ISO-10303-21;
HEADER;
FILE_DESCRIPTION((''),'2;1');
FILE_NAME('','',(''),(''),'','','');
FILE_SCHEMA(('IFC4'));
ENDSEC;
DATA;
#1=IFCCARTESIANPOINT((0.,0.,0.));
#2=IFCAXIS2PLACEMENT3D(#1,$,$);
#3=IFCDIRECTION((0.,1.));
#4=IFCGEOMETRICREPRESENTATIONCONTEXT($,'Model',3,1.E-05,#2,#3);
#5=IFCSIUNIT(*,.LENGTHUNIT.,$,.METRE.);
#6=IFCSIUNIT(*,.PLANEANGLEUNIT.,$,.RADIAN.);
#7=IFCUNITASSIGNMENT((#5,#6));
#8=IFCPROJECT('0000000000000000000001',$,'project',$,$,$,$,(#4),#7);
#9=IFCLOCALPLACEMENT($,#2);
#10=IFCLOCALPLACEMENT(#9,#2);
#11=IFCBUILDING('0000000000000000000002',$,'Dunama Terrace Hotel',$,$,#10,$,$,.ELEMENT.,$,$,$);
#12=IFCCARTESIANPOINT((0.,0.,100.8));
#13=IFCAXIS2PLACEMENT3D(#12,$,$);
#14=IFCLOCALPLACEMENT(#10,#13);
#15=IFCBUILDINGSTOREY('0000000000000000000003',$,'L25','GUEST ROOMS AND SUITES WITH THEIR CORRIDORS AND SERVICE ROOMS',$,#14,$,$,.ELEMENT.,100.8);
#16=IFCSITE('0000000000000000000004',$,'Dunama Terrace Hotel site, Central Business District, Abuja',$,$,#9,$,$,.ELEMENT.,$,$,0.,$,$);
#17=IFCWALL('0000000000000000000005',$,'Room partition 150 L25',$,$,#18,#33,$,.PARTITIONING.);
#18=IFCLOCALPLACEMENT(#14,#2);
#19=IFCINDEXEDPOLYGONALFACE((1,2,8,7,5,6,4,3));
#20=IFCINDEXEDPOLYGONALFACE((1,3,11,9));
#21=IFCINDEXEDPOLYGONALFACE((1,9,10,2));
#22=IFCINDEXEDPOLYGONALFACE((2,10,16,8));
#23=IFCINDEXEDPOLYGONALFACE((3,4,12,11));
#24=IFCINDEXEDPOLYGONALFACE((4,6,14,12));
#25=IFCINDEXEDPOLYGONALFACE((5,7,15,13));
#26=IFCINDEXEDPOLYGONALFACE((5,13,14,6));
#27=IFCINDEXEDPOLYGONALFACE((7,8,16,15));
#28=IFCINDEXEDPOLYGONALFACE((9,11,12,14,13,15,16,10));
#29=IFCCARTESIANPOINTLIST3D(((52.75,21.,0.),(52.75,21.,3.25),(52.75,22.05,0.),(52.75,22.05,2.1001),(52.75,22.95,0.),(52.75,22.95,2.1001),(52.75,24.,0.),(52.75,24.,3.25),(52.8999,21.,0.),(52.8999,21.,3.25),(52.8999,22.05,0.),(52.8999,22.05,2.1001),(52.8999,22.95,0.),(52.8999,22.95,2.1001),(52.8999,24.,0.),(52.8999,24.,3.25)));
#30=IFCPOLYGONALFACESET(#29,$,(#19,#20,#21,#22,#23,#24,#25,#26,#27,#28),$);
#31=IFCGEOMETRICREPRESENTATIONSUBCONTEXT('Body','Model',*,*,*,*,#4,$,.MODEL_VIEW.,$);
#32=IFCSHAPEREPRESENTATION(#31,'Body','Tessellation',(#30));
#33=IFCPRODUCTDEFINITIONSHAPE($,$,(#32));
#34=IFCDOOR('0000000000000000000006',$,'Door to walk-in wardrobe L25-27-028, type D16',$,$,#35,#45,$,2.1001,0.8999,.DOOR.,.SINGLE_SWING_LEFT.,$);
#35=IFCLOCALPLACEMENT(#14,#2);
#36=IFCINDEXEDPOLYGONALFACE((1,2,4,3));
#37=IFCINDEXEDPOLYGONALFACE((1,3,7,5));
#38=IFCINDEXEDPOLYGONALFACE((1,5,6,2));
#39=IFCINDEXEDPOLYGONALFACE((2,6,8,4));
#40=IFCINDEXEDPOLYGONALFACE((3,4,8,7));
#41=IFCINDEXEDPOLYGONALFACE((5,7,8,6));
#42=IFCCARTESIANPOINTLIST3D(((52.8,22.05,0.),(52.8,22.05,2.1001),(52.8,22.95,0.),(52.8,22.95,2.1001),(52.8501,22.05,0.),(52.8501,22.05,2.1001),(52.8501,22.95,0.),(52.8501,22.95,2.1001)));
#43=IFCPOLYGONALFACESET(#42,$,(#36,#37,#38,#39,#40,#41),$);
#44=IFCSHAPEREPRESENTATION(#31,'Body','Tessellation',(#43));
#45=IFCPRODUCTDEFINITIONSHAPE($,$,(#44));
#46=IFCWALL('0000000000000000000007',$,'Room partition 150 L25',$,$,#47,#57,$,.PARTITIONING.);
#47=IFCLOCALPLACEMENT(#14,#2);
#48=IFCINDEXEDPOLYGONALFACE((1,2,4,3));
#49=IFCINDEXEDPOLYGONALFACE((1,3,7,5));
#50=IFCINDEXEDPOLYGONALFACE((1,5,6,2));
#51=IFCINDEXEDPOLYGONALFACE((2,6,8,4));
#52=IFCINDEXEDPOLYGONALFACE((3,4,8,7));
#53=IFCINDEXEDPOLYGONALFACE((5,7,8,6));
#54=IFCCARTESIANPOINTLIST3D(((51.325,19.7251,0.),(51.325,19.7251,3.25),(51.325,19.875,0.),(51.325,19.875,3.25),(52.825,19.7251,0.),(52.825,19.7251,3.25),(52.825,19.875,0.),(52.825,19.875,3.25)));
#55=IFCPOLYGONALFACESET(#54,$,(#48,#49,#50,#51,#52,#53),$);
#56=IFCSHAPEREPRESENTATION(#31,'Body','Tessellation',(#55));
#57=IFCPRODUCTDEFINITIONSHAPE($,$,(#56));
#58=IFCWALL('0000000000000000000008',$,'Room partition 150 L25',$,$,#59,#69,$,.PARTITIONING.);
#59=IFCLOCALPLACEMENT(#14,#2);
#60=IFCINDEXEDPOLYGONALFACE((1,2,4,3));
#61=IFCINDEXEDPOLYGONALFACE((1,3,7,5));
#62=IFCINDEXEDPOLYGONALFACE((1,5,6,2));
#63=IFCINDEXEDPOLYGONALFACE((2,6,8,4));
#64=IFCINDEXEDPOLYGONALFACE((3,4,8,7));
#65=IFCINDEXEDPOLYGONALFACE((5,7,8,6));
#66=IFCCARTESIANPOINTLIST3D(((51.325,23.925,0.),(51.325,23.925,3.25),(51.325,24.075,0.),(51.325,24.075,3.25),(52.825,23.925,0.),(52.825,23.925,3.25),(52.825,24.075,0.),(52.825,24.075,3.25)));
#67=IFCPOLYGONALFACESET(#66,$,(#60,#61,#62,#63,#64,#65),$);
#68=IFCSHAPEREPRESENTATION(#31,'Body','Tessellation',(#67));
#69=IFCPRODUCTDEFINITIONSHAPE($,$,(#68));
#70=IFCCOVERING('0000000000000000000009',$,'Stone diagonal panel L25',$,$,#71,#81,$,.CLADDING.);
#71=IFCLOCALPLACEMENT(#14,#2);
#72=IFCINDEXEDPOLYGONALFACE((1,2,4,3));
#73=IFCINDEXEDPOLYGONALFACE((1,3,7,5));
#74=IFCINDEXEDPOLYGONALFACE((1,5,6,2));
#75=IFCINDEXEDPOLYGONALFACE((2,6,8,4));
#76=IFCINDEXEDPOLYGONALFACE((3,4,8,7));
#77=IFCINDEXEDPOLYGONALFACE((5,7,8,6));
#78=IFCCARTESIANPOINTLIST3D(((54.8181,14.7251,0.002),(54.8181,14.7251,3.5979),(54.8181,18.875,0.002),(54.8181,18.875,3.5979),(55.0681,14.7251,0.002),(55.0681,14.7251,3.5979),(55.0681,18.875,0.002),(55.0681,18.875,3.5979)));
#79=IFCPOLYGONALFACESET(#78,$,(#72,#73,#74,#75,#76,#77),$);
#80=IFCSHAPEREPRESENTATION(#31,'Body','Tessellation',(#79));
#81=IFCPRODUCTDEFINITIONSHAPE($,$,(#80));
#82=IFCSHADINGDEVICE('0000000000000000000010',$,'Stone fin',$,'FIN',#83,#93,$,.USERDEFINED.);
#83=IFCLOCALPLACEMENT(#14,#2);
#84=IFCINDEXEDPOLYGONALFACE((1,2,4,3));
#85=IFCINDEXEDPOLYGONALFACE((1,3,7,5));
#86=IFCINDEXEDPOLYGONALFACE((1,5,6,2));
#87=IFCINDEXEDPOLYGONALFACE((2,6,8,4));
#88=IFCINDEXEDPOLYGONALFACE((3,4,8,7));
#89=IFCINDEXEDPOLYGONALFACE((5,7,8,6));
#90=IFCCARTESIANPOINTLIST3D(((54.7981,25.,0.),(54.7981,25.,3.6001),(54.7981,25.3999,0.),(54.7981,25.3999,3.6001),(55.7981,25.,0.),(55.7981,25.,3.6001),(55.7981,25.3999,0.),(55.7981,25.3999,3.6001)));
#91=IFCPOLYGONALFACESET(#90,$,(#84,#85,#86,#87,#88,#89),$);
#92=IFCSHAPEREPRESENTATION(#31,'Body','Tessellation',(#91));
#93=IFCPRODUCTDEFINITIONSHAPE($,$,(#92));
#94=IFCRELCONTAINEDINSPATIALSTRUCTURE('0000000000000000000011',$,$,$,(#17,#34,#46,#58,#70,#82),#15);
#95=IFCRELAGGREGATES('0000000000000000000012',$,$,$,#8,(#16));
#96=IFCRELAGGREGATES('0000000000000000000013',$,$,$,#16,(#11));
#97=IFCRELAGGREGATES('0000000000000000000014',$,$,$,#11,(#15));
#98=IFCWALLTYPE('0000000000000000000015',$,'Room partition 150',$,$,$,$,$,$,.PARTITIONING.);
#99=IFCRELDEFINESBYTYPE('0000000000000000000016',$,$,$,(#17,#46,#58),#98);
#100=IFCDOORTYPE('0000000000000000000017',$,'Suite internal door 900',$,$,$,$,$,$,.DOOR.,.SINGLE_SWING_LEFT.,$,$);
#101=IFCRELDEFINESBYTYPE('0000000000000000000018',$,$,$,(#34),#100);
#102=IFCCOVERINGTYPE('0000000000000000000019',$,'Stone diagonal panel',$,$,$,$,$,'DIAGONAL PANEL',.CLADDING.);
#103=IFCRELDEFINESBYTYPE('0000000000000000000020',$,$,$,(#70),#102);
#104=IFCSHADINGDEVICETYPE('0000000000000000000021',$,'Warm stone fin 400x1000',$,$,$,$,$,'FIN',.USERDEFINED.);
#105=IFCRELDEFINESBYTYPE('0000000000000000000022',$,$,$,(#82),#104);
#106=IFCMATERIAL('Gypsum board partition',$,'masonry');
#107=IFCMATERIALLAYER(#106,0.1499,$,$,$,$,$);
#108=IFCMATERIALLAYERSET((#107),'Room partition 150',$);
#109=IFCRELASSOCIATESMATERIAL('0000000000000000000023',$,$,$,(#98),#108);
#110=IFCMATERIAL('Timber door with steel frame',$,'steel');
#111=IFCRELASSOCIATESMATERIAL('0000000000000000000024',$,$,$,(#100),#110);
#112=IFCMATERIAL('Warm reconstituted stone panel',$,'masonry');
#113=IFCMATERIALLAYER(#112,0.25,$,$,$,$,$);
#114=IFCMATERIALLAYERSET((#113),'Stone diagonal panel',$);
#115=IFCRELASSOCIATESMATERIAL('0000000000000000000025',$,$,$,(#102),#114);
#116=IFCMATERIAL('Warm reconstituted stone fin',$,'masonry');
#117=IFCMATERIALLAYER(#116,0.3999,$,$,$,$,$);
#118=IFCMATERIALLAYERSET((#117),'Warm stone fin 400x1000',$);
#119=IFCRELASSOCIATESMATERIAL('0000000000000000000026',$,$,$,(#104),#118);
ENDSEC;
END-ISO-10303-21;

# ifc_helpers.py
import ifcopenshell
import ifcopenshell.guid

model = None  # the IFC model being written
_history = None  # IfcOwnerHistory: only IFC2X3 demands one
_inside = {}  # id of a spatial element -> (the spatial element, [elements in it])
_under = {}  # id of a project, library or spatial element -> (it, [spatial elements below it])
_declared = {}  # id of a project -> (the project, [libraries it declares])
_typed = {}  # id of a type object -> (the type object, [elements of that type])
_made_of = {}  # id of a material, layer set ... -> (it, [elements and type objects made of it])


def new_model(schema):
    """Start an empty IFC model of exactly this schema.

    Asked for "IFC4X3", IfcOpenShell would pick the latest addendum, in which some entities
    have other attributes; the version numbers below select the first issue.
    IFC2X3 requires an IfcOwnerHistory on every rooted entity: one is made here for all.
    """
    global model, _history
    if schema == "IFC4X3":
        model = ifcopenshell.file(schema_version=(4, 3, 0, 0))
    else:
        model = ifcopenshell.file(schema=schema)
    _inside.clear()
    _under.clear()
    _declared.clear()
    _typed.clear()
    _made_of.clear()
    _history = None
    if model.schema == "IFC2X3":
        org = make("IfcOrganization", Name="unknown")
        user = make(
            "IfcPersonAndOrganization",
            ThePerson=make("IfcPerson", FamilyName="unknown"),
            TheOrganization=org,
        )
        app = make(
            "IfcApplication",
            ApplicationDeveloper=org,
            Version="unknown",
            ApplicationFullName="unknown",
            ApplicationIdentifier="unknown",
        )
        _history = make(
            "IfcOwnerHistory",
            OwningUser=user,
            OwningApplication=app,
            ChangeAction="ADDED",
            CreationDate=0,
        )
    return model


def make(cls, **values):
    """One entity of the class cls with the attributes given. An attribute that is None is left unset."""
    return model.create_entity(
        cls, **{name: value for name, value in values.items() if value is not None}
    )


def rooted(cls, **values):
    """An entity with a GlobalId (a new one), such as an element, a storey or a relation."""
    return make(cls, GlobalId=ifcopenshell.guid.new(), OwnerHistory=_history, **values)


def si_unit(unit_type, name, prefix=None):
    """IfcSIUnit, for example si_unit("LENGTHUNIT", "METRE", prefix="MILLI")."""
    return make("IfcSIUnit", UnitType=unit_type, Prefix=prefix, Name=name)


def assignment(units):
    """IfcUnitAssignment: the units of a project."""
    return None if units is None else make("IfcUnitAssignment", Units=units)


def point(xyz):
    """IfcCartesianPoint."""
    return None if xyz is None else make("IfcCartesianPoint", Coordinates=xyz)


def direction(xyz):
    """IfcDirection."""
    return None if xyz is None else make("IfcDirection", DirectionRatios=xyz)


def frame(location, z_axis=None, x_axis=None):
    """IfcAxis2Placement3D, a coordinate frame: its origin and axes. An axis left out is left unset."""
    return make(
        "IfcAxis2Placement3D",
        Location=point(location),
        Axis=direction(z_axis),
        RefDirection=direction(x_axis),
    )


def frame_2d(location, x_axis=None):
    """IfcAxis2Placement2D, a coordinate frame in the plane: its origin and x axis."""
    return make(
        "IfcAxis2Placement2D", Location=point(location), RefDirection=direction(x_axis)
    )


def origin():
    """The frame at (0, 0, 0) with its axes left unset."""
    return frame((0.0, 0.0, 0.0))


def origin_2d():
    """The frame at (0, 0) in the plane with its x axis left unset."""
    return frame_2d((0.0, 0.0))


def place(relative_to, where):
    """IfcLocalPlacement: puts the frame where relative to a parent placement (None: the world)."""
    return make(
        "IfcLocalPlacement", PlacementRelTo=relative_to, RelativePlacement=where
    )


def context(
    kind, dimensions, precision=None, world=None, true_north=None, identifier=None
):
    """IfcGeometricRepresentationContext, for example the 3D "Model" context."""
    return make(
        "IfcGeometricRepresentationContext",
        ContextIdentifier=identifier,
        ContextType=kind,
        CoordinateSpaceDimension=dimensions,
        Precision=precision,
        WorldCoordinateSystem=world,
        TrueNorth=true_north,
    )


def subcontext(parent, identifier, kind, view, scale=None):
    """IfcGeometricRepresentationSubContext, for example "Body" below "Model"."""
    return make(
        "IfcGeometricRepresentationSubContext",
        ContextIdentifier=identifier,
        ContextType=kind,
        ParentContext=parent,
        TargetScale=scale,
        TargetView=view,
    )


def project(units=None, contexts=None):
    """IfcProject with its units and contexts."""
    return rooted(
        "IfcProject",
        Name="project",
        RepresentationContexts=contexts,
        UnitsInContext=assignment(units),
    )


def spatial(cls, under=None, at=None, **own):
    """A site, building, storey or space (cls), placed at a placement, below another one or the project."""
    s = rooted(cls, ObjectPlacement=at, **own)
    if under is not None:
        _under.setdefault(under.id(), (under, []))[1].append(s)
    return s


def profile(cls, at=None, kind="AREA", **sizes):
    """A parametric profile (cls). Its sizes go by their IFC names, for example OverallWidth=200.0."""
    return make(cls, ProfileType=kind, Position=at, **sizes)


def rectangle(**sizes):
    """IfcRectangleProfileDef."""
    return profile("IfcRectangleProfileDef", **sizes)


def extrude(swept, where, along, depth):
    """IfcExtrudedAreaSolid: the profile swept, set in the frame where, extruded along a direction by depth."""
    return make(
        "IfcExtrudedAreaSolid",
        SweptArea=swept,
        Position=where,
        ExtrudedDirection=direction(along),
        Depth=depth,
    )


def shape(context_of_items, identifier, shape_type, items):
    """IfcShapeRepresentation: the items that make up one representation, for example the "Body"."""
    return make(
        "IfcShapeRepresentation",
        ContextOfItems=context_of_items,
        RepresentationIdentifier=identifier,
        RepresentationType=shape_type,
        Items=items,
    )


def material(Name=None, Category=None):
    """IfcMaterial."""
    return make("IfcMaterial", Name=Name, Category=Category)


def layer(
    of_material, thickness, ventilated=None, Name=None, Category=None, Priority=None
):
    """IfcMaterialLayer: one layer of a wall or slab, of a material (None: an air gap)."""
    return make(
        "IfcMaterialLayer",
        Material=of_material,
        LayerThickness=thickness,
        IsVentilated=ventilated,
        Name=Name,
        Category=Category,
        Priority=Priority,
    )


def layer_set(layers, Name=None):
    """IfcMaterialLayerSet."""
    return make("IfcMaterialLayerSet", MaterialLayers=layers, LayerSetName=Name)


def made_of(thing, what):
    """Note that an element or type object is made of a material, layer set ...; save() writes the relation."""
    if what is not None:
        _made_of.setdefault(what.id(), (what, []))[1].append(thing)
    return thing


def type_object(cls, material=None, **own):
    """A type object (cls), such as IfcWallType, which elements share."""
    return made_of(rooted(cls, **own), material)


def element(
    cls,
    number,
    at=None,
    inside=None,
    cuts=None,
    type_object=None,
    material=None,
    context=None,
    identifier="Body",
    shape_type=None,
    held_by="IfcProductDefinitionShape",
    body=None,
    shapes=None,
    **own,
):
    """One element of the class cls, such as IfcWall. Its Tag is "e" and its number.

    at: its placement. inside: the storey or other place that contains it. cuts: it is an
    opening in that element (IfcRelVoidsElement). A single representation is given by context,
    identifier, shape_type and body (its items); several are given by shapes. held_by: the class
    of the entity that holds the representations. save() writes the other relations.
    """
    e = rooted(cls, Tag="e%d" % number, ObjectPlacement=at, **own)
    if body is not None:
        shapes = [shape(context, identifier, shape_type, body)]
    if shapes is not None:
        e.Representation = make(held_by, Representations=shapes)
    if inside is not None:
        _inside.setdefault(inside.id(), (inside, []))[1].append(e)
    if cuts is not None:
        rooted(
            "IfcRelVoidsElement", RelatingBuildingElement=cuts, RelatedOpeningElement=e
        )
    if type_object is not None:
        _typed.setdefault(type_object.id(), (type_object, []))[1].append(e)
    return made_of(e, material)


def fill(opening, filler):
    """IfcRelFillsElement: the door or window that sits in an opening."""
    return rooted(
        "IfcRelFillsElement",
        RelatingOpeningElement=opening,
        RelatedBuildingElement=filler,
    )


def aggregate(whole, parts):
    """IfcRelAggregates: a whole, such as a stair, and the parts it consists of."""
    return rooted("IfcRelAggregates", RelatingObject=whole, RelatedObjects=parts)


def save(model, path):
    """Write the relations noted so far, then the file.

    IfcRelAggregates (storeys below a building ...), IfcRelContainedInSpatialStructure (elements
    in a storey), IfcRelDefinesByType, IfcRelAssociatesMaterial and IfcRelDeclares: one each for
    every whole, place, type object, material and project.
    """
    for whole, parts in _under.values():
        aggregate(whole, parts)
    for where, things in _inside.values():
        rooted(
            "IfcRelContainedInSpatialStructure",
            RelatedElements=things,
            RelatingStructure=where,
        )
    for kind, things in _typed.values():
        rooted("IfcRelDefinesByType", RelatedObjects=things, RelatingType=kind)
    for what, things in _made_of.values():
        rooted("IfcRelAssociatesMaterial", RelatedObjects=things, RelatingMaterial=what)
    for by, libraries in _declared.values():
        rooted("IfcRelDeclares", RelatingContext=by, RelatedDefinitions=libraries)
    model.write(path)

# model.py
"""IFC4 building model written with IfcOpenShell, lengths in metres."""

from ifc_helpers import new_model, si_unit, direction, frame, frame_2d, origin, origin_2d, place, context, subcontext, project, spatial, rectangle, extrude, material, layer, layer_set, type_object, element, fill, save


model = new_model("IFC4")

# Units and contexts
model_context = context("Model", 3, precision=1e-05, world=origin(), true_north=direction((0.0, 1.0)))
body_context = subcontext(model_context, "Body", "Model", "MODEL_VIEW")
ifc_project = project(units=[si_unit("LENGTHUNIT", "METRE"), si_unit("PLANEANGLEUNIT", "RADIAN")], contexts=[model_context])

# Site, building, storey
site_placement = place(None, origin())
site = spatial("IfcSite", under=ifc_project, at=site_placement, Name="Dunama Terrace Hotel site, Central Business District, Abuja", CompositionType="ELEMENT", RefElevation=0.0)
building_placement = place(site_placement, origin())
building = spatial("IfcBuilding", under=site, at=building_placement, Name="Dunama Terrace Hotel", CompositionType="ELEMENT")
storey_placement = place(building_placement, frame((0.0, 0.0, 100.8)))
storey = spatial("IfcBuildingStorey", under=building, at=storey_placement, Name="L25", Description="GUEST ROOMS AND SUITES WITH THEIR CORRIDORS AND SERVICE ROOMS", CompositionType="ELEMENT", Elevation=100.8)

# Shared definitions
ifc_material_1 = material(Name="Gypsum board partition", Category="masonry")
ifc_layer_1 = layer(ifc_material_1, 0.1499)
ifc_layer_set_1 = layer_set([ifc_layer_1], Name="Room partition 150")
wall_type_1 = type_object("IfcWallType", Name="Room partition 150", PredefinedType="PARTITIONING", material=ifc_layer_set_1)

# Wall, opening, door
ifc_material_2 = material(Name="Timber door with steel frame", Category="steel")
door_type_1 = type_object("IfcDoorType", Name="Suite internal door 900", OperationType="SINGLE_SWING_LEFT", PredefinedType="DOOR", material=ifc_material_2)
wall_1_placement = place(storey_placement, frame((52.825, 21.0, 0.0), z_axis=(0.0, 0.0, 1.0), x_axis=(0.0, 1.0, 0.0)))
wall_1 = element("IfcWall", 1, at=wall_1_placement, inside=storey, type_object=wall_type_1, Name="Room partition 150 L25", PredefinedType="PARTITIONING", context=body_context, shape_type="SweptSolid", body=[
    extrude(rectangle(XDim=3.0, YDim=0.1499, at=frame_2d((1.5, 0.0))), origin(), (0.0, 0.0, 1.0), 3.25),
])
opening_1_placement = place(wall_1_placement, frame((1.05, 0.0, 0.0)))
opening_1 = element("IfcOpeningElement", 2, at=opening_1_placement, cuts=wall_1, PredefinedType="OPENING", context=body_context, shape_type="SweptSolid", body=[
    extrude(rectangle(XDim=0.8999, YDim=2.1001, at=frame_2d((0.45, 1.05))), frame((0.0, 0.085, 0.0), z_axis=(0.0, -1.0, 0.0), x_axis=(1.0, 0.0, 0.0)), (0.0, 0.0, 1.0), 0.1699),
])
door_1_placement = place(opening_1_placement, origin())
door_1 = element("IfcDoor", 3, at=door_1_placement, inside=storey, type_object=door_type_1, Name="Door to walk-in wardrobe L25-27-028, type D16", OperationType="SINGLE_SWING_LEFT", OverallHeight=2.1001, OverallWidth=0.8999, PredefinedType="DOOR", context=body_context, shape_type="SweptSolid", body=[
    extrude(rectangle(XDim=0.8999, YDim=2.1001, at=frame_2d((0.45, 1.05))), frame((0.0, 0.0249, 0.0), z_axis=(0.0, -1.0, 0.0), x_axis=(1.0, 0.0, 0.0)), (0.0, 0.0, 1.0), 0.05),
])
fill(opening_1, door_1)

# Walls
for number, where, z_axis, x_axis, name in (
    (4, (51.325, 19.8, 0.0), (0.0, 0.0, 1.0), (1.0, 0.0, 0.0), "Room partition 150 L25"),
    (5, (51.325, 24.0, 0.0), (0.0, 0.0, 1.0), (1.0, 0.0, 0.0), "Room partition 150 L25"),
):
    element("IfcWall", number, at=place(storey_placement, frame(where, z_axis=z_axis, x_axis=x_axis)), inside=storey, type_object=wall_type_1, Name=name, PredefinedType="PARTITIONING", context=body_context, shape_type="SweptSolid", body=[
        extrude(rectangle(XDim=1.5, YDim=0.1499, at=frame_2d((0.75, 0.0))), origin(), (0.0, 0.0, 1.0), 3.25),
    ])

# Covering
ifc_material_3 = material(Name="Warm reconstituted stone panel", Category="masonry")
ifc_layer_2 = layer(ifc_material_3, 0.25)
ifc_layer_set_2 = layer_set([ifc_layer_2], Name="Stone diagonal panel")
covering_type = type_object("IfcCoveringType", Name="Stone diagonal panel", ElementType="DIAGONAL PANEL", PredefinedType="CLADDING", material=ifc_layer_set_2)
covering_placement = place(storey_placement, frame((54.9431, 16.8, 0.002), z_axis=(0.0, 0.0, 1.0), x_axis=(0.0, 1.0, 0.0)))
element("IfcCovering", 6, at=covering_placement, inside=storey, type_object=covering_type, Name="Stone diagonal panel L25", PredefinedType="CLADDING", context=body_context, shape_type="SweptSolid", body=[
    extrude(rectangle(XDim=4.1499, YDim=0.25, at=origin_2d()), origin(), (0.0, 0.0, 1.0), 3.5959),
])

# Shading device
ifc_material_4 = material(Name="Warm reconstituted stone fin", Category="masonry")
ifc_layer_3 = layer(ifc_material_4, 0.3999)
ifc_layer_set_3 = layer_set([ifc_layer_3], Name="Warm stone fin 400x1000")
shading_device_type = type_object("IfcShadingDeviceType", Name="Warm stone fin 400x1000", ElementType="FIN", PredefinedType="USERDEFINED", material=ifc_layer_set_3)
shading_device_placement = place(storey_placement, frame((55.2981, 25.2, 0.0), z_axis=(0.0, 0.0, 1.0), x_axis=(0.0, 1.0, 0.0)))
element("IfcShadingDevice", 7, at=shading_device_placement, inside=storey, type_object=shading_device_type, Name="Stone fin", ObjectType="FIN", PredefinedType="USERDEFINED", context=body_context, shape_type="SweptSolid", body=[
    extrude(rectangle(XDim=0.3999, YDim=1.0, at=origin_2d()), origin(), (0.0, 0.0, 1.0), 3.6001),
])

save(model, "model.ifc")
